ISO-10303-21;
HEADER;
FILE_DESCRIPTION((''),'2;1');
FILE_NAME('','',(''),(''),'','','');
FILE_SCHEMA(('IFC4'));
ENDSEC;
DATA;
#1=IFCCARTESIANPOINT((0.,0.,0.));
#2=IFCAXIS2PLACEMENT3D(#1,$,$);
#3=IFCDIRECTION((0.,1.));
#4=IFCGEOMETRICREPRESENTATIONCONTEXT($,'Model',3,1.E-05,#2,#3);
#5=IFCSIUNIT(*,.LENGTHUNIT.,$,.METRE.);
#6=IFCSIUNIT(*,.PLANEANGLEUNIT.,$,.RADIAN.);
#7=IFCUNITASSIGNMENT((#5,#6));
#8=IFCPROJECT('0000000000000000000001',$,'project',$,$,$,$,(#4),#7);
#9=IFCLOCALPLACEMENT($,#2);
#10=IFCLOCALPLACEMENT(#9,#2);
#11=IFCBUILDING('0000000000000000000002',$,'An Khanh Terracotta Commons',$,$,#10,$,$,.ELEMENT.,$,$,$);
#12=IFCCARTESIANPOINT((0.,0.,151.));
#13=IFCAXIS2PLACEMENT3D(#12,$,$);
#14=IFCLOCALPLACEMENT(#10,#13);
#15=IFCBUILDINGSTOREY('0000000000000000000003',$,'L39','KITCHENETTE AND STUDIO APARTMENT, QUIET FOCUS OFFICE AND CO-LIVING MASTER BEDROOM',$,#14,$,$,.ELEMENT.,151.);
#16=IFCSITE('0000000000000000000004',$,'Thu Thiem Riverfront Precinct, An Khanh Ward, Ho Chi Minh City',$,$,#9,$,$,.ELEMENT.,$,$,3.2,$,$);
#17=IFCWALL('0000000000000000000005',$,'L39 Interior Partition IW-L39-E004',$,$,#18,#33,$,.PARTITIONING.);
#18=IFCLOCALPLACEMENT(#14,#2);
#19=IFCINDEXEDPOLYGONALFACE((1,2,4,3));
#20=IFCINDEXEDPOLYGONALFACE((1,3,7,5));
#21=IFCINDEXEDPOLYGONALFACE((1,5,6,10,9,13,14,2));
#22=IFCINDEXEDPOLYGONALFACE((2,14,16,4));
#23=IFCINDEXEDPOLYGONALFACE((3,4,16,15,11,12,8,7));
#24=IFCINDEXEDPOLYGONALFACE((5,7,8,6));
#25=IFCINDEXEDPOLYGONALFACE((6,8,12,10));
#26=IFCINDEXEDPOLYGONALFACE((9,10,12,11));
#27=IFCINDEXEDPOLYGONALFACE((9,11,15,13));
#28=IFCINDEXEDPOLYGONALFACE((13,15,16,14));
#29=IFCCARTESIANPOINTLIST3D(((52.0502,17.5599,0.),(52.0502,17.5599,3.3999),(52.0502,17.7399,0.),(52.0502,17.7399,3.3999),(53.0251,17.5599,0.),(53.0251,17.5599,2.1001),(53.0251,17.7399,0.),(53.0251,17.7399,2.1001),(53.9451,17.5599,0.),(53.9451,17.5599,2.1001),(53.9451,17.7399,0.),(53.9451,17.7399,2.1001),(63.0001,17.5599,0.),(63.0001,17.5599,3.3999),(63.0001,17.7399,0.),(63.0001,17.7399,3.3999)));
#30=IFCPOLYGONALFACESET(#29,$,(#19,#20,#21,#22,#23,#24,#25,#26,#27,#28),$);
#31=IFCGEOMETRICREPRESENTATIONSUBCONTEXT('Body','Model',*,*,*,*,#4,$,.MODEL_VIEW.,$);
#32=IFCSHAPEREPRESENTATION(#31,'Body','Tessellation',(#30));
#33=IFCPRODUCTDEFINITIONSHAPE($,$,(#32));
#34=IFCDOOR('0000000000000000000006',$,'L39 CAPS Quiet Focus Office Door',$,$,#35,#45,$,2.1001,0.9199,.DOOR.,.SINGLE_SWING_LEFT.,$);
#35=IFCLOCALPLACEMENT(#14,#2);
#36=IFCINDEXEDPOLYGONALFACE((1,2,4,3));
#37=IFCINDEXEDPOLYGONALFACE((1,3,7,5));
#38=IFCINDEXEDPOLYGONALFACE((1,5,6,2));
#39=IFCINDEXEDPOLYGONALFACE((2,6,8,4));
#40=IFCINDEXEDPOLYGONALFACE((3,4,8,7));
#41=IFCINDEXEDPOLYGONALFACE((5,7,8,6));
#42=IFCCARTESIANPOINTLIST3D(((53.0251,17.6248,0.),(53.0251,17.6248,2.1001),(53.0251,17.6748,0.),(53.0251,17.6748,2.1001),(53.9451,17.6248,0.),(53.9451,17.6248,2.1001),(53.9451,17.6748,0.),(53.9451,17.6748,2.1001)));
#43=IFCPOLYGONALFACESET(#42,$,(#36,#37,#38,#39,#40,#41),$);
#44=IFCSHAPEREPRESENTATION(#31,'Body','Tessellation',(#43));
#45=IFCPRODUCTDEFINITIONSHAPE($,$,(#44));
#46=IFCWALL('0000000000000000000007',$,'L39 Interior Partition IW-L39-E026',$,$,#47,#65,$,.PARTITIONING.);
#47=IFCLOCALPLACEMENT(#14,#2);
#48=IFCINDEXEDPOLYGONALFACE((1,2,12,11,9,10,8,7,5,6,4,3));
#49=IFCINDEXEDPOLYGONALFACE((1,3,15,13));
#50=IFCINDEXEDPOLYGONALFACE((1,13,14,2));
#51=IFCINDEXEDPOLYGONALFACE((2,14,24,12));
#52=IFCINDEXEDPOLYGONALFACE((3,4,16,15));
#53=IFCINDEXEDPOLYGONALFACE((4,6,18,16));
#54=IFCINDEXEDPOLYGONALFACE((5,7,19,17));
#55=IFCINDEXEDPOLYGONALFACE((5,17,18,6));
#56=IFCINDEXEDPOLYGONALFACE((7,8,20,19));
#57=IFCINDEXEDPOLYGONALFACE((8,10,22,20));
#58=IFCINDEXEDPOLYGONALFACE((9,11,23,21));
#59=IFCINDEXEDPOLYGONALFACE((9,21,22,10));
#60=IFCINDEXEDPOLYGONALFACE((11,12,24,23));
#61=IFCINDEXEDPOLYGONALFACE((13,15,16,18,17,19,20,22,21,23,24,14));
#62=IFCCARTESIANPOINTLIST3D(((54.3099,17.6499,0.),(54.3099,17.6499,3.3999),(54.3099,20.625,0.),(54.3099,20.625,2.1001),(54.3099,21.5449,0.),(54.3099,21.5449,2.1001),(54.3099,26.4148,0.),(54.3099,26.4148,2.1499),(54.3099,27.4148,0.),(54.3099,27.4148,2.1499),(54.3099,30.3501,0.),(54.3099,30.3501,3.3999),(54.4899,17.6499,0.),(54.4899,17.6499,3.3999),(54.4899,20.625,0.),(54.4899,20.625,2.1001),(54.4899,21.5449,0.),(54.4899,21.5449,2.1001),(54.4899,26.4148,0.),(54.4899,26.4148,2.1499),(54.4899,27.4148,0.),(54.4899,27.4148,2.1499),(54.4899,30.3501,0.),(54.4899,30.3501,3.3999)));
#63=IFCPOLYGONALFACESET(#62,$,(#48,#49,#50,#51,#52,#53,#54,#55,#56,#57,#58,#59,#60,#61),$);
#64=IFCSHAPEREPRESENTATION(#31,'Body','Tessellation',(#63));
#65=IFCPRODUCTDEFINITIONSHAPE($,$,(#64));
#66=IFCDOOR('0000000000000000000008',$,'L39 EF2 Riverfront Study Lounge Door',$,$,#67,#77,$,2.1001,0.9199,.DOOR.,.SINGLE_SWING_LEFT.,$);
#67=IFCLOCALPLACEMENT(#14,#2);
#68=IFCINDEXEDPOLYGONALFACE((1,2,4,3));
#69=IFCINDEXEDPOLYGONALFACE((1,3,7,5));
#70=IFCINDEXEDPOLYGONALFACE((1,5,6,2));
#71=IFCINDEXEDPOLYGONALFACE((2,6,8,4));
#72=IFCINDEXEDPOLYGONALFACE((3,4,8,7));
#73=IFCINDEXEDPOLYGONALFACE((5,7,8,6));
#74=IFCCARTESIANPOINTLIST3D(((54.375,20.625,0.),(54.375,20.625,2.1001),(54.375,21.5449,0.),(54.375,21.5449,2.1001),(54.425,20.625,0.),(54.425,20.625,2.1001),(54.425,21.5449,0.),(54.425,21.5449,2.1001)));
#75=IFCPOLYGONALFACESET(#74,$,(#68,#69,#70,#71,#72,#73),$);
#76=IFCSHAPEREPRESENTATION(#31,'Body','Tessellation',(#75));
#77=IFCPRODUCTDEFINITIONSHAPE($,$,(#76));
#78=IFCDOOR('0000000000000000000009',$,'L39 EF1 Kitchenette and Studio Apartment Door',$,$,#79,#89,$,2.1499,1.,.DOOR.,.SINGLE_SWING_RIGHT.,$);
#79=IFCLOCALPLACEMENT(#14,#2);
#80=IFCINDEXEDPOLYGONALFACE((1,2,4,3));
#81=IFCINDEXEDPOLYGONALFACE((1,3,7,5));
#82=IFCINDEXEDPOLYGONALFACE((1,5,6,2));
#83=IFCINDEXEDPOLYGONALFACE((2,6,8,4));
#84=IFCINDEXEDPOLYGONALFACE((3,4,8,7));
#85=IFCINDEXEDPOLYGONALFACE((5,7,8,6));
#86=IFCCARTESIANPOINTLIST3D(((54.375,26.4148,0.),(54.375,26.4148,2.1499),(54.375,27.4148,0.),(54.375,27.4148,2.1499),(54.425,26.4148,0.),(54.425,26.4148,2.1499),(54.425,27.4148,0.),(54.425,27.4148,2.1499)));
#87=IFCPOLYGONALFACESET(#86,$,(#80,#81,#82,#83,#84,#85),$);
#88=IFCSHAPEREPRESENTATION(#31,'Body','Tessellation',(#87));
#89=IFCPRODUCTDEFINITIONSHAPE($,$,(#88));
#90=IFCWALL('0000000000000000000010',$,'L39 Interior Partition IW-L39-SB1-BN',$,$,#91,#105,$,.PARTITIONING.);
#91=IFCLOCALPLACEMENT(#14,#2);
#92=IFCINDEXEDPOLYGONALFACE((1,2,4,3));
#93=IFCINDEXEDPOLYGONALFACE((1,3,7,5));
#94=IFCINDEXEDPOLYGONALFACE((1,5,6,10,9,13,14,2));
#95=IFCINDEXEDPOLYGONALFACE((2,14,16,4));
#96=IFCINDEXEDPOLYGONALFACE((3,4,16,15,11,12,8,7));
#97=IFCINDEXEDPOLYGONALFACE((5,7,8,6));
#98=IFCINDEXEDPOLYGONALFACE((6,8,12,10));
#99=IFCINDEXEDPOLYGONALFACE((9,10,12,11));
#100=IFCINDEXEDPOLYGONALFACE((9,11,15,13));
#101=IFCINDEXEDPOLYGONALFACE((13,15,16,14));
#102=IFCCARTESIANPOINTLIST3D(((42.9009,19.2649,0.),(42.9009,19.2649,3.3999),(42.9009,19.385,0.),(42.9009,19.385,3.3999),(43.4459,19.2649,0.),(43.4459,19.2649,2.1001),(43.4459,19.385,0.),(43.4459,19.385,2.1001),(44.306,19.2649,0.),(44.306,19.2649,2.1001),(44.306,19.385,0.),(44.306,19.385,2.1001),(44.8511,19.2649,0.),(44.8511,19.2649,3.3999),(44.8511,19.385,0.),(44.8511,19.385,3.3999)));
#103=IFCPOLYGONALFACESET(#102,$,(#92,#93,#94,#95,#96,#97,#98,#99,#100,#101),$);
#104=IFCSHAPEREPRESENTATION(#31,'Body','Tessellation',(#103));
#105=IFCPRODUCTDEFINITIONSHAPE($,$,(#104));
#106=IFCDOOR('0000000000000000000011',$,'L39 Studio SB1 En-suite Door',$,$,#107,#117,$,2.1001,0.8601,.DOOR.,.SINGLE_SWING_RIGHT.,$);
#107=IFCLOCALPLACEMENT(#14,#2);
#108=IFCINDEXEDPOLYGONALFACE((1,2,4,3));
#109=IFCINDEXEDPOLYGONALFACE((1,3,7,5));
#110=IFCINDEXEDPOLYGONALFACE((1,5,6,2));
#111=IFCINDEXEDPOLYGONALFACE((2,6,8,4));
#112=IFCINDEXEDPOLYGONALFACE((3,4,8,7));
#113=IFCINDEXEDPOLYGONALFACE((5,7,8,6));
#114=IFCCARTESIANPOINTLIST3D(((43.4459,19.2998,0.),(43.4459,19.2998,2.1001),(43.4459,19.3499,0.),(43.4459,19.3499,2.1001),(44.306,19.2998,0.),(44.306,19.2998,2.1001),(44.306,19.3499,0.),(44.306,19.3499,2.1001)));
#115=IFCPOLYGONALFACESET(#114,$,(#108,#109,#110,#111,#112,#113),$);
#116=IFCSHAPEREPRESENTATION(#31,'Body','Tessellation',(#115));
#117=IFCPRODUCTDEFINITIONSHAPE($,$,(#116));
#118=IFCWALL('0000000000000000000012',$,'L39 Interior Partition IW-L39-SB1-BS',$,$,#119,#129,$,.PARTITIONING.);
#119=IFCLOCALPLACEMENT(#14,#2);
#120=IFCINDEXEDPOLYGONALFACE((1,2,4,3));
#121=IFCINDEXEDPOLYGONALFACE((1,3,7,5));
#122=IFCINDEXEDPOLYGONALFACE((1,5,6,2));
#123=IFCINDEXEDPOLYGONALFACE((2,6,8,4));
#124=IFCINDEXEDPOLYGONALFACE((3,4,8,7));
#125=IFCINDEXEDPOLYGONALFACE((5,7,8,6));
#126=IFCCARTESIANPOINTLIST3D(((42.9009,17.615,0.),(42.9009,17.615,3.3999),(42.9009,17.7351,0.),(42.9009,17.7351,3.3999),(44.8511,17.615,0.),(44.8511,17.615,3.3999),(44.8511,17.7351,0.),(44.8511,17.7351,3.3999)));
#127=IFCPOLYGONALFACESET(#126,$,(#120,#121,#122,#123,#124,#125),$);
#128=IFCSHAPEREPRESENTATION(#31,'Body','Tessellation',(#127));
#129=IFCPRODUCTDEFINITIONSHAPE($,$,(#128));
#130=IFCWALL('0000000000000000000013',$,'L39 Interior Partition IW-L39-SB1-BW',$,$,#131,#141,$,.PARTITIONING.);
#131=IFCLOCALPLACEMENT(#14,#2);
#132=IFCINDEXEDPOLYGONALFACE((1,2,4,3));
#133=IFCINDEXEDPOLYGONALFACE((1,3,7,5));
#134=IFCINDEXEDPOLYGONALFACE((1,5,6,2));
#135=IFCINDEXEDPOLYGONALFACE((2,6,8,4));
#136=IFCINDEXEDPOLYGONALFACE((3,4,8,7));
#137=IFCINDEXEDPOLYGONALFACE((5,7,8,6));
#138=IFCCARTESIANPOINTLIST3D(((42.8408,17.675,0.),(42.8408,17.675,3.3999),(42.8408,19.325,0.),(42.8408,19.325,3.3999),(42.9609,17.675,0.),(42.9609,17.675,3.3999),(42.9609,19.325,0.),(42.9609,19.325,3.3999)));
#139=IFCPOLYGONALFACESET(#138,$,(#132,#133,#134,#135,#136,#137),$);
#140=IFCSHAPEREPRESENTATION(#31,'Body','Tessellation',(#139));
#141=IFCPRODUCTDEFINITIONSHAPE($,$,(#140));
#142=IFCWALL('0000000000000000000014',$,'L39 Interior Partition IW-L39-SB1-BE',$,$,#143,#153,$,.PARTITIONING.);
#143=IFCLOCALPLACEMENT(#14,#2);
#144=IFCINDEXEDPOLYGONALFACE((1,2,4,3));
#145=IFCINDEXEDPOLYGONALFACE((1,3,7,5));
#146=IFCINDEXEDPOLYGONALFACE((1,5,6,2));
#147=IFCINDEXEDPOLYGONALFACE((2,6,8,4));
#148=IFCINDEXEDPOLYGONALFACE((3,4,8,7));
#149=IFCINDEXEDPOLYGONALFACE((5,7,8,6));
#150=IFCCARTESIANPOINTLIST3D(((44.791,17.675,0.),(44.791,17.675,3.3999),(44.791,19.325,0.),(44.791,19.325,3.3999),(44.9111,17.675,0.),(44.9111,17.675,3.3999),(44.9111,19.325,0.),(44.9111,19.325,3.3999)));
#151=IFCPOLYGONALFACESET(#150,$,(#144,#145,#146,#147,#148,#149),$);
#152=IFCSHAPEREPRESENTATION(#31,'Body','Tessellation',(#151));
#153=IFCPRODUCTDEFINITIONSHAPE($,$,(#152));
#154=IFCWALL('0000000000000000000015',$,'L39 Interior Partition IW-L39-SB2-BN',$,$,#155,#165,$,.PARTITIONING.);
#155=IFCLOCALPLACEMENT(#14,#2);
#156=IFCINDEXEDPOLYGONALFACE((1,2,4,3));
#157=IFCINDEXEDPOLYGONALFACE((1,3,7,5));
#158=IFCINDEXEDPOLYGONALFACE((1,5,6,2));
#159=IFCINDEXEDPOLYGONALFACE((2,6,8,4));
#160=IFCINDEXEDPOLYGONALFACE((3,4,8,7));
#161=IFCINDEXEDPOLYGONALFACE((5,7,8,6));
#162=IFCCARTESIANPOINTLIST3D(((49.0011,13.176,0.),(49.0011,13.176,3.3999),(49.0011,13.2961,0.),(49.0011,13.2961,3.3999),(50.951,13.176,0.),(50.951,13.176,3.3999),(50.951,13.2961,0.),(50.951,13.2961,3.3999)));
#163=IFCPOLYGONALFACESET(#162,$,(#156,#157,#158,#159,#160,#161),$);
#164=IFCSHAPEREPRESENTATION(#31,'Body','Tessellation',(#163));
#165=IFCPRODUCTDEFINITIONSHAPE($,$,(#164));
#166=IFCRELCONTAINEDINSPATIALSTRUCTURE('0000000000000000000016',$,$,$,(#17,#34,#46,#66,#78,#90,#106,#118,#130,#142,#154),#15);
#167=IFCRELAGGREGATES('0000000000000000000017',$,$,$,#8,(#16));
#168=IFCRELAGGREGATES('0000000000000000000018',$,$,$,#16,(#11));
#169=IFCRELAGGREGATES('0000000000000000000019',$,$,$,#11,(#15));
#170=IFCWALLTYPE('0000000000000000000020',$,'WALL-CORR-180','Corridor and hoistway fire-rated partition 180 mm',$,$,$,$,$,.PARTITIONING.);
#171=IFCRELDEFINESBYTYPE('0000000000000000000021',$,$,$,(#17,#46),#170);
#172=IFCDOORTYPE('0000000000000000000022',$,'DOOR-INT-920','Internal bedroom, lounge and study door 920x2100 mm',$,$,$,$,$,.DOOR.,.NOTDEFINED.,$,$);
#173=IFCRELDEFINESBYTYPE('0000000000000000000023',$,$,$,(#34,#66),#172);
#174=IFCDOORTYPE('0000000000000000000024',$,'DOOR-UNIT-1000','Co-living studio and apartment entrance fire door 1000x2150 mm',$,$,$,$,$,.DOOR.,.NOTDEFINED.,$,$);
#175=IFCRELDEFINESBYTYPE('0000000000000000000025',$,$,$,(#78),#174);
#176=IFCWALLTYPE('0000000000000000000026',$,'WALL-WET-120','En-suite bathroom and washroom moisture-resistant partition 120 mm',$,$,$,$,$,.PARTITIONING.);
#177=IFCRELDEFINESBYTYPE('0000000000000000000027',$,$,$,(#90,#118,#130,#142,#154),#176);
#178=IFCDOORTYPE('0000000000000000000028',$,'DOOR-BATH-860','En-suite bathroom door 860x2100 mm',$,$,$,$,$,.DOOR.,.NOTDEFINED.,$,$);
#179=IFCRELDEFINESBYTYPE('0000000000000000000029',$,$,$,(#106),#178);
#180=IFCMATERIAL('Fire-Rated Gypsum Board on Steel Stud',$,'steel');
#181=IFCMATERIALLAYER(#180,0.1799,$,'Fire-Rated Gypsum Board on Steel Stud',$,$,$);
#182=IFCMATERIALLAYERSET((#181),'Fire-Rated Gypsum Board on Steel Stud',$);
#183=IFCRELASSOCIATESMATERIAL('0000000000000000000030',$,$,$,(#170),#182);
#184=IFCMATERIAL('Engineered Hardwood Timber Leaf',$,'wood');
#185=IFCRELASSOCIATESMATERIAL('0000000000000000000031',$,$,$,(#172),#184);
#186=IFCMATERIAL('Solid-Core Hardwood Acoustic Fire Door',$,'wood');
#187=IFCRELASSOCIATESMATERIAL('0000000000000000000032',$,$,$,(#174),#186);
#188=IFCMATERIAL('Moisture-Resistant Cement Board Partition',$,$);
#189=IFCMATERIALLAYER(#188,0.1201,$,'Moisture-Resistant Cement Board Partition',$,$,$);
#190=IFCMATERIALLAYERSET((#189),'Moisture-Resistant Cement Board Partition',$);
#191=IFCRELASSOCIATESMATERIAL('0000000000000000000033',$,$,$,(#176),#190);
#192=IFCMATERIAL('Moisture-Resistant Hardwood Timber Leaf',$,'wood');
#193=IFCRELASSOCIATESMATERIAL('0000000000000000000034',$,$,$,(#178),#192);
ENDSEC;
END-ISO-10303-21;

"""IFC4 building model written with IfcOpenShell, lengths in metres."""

from ifc_helpers import new_model, si_unit, direction, frame, frame_2d, origin, place, context, subcontext, project, spatial, rectangle, extrude, material, layer, layer_set, type_object, element, fill, save


model = new_model("IFC4")

# Units and contexts
model_context = context("Model", 3, precision=1e-05, world=origin(), true_north=direction((0.0, 1.0)))
body_context = subcontext(model_context, "Body", "Model", "MODEL_VIEW")
ifc_project = project(units=[si_unit("LENGTHUNIT", "METRE"), si_unit("PLANEANGLEUNIT", "RADIAN")], contexts=[model_context])

# Site, building, storey
site_placement = place(None, origin())
site = spatial("IfcSite", under=ifc_project, at=site_placement, Name="Thu Thiem Riverfront Precinct, An Khanh Ward, Ho Chi Minh City", CompositionType="ELEMENT", RefElevation=3.2)
building_placement = place(site_placement, origin())
building = spatial("IfcBuilding", under=site, at=building_placement, Name="An Khanh Terracotta Commons", CompositionType="ELEMENT")
storey_placement = place(building_placement, frame((0.0, 0.0, 151.0)))
storey = spatial("IfcBuildingStorey", under=building, at=storey_placement, Name="L39", Description="KITCHENETTE AND STUDIO APARTMENT, QUIET FOCUS OFFICE AND CO-LIVING MASTER BEDROOM", CompositionType="ELEMENT", Elevation=151.0)

# Wall, opening, door
ifc_material_1 = material(Name="Fire-Rated Gypsum Board on Steel Stud", Category="steel")
ifc_layer_1 = layer(ifc_material_1, 0.1799, Name="Fire-Rated Gypsum Board on Steel Stud")
ifc_layer_set_1 = layer_set([ifc_layer_1], Name="Fire-Rated Gypsum Board on Steel Stud")
wall_type_1 = type_object("IfcWallType", Name="WALL-CORR-180", Description="Corridor and hoistway fire-rated partition 180 mm", PredefinedType="PARTITIONING", material=ifc_layer_set_1)
wall_1_placement = place(storey_placement, frame((52.05, 17.6499, 0.0), z_axis=(0.0, 0.0, 1.0), x_axis=(1.0, 0.0, 0.0)))
wall_1 = element("IfcWall", 1, at=wall_1_placement, inside=storey, type_object=wall_type_1, Name="L39 Interior Partition IW-L39-E004", PredefinedType="PARTITIONING", context=body_context, shape_type="SweptSolid", body=[
    extrude(rectangle(XDim=10.95, YDim=0.1799, at=frame_2d((5.4751, 0.0))), origin(), (0.0, 0.0, 1.0), 3.3999),
])
opening_1_placement = place(wall_1_placement, frame((0.9751, 0.0, 0.0)))
opening_1 = element("IfcOpeningElement", 2, at=opening_1_placement, cuts=wall_1, PredefinedType="OPENING", context=body_context, shape_type="SweptSolid", body=[
    extrude(rectangle(XDim=0.9199, YDim=2.1001, at=frame_2d((0.46, 1.05))), frame((0.0, 0.0999, 0.0), z_axis=(0.0, -1.0, 0.0), x_axis=(1.0, 0.0, 0.0)), (0.0, 0.0, 1.0), 0.2),
])
ifc_material_2 = material(Name="Engineered Hardwood Timber Leaf", Category="wood")
door_type_1 = type_object("IfcDoorType", Name="DOOR-INT-920", Description="Internal bedroom, lounge and study door 920x2100 mm", OperationType="NOTDEFINED", PredefinedType="DOOR", material=ifc_material_2)
door_1_placement = place(opening_1_placement, origin())
door_1 = element("IfcDoor", 3, at=door_1_placement, inside=storey, type_object=door_type_1, Name="L39 CAPS Quiet Focus Office Door", OperationType="SINGLE_SWING_LEFT", OverallHeight=2.1001, OverallWidth=0.9199, PredefinedType="DOOR", context=body_context, shape_type="SweptSolid", body=[
    extrude(rectangle(XDim=0.9199, YDim=2.1001, at=frame_2d((0.46, 1.05))), frame((0.0, 0.0249, 0.0), z_axis=(0.0, -1.0, 0.0), x_axis=(1.0, 0.0, 0.0)), (0.0, 0.0, 1.0), 0.05),
])
fill(opening_1, door_1)

# Wall, openings, doors
wall_2_placement = place(storey_placement, frame((54.3999, 17.6499, 0.0), z_axis=(0.0, 0.0, 1.0), x_axis=(0.0, 1.0, 0.0)))
wall_2 = element("IfcWall", 4, at=wall_2_placement, inside=storey, type_object=wall_type_1, Name="L39 Interior Partition IW-L39-E026", PredefinedType="PARTITIONING", context=body_context, shape_type="SweptSolid", body=[
    extrude(rectangle(XDim=12.7002, YDim=0.1799, at=frame_2d((6.3501, 0.0))), origin(), (0.0, 0.0, 1.0), 3.3999),
])
opening_2_placement = place(wall_2_placement, frame((8.7649, 0.0, 0.0)))
opening_2 = element("IfcOpeningElement", 5, at=opening_2_placement, cuts=wall_2, PredefinedType="OPENING", context=body_context, shape_type="SweptSolid", body=[
    extrude(rectangle(XDim=1.0, YDim=2.1499, at=frame_2d((0.5, 1.075))), frame((0.0, 0.0999, 0.0), z_axis=(0.0, -1.0, 0.0), x_axis=(1.0, 0.0, 0.0)), (0.0, 0.0, 1.0), 0.2),
])
opening_3_placement = place(wall_2_placement, frame((2.9751, 0.0, 0.0)))
opening_3 = element("IfcOpeningElement", 6, at=opening_3_placement, cuts=wall_2, PredefinedType="OPENING", context=body_context, shape_type="SweptSolid", body=[
    extrude(rectangle(XDim=0.9199, YDim=2.1001, at=frame_2d((0.46, 1.05))), frame((0.0, 0.0999, 0.0), z_axis=(0.0, -1.0, 0.0), x_axis=(1.0, 0.0, 0.0)), (0.0, 0.0, 1.0), 0.2),
])
door_2_placement = place(opening_3_placement, origin())
door_2 = element("IfcDoor", 7, at=door_2_placement, inside=storey, type_object=door_type_1, Name="L39 EF2 Riverfront Study Lounge Door", OperationType="SINGLE_SWING_LEFT", OverallHeight=2.1001, OverallWidth=0.9199, PredefinedType="DOOR", context=body_context, shape_type="SweptSolid", body=[
    extrude(rectangle(XDim=0.9199, YDim=2.1001, at=frame_2d((0.46, 1.05))), frame((0.0, 0.0249, 0.0), z_axis=(0.0, -1.0, 0.0), x_axis=(1.0, 0.0, 0.0)), (0.0, 0.0, 1.0), 0.05),
])
fill(opening_3, door_2)
ifc_material_3 = material(Name="Solid-Core Hardwood Acoustic Fire Door", Category="wood")
door_type_2 = type_object("IfcDoorType", Name="DOOR-UNIT-1000", Description="Co-living studio and apartment entrance fire door 1000x2150 mm", OperationType="NOTDEFINED", PredefinedType="DOOR", material=ifc_material_3)
door_3_placement = place(opening_2_placement, origin())
door_3 = element("IfcDoor", 8, at=door_3_placement, inside=storey, type_object=door_type_2, Name="L39 EF1 Kitchenette and Studio Apartment Door", OperationType="SINGLE_SWING_RIGHT", OverallHeight=2.1499, OverallWidth=1.0, PredefinedType="DOOR", context=body_context, shape_type="SweptSolid", body=[
    extrude(rectangle(XDim=1.0, YDim=2.1499, at=frame_2d((0.5, 1.075))), frame((0.0, 0.0249, 0.0), z_axis=(0.0, -1.0, 0.0), x_axis=(1.0, 0.0, 0.0)), (0.0, 0.0, 1.0), 0.05),
])
fill(opening_2, door_3)

# Wall, opening, door
ifc_material_4 = material(Name="Moisture-Resistant Cement Board Partition")
ifc_layer_2 = layer(ifc_material_4, 0.1201, Name="Moisture-Resistant Cement Board Partition")
ifc_layer_set_2 = layer_set([ifc_layer_2], Name="Moisture-Resistant Cement Board Partition")
wall_type_2 = type_object("IfcWallType", Name="WALL-WET-120", Description="En-suite bathroom and washroom moisture-resistant partition 120 mm", PredefinedType="PARTITIONING", material=ifc_layer_set_2)
wall_3_placement = place(storey_placement, frame((42.9009, 19.325, 0.0), z_axis=(0.0, 0.0, 1.0), x_axis=(1.0, 0.0, 0.0)))
wall_3 = element("IfcWall", 9, at=wall_3_placement, inside=storey, type_object=wall_type_2, Name="L39 Interior Partition IW-L39-SB1-BN", PredefinedType="PARTITIONING", context=body_context, shape_type="SweptSolid", body=[
    extrude(rectangle(XDim=1.9502, YDim=0.1201, at=frame_2d((0.9751, 0.0))), origin(), (0.0, 0.0, 1.0), 3.3999),
])
opening_4_placement = place(wall_3_placement, frame((0.5449, 0.0, 0.0)))
opening_4 = element("IfcOpeningElement", 10, at=opening_4_placement, cuts=wall_3, PredefinedType="OPENING", context=body_context, shape_type="SweptSolid", body=[
    extrude(rectangle(XDim=0.8601, YDim=2.1001, at=frame_2d((0.4302, 1.05))), frame((0.0, 0.0701, 0.0), z_axis=(0.0, -1.0, 0.0), x_axis=(1.0, 0.0, 0.0)), (0.0, 0.0, 1.0), 0.1401),
])
ifc_material_5 = material(Name="Moisture-Resistant Hardwood Timber Leaf", Category="wood")
door_type_3 = type_object("IfcDoorType", Name="DOOR-BATH-860", Description="En-suite bathroom door 860x2100 mm", OperationType="NOTDEFINED", PredefinedType="DOOR", material=ifc_material_5)
door_4_placement = place(opening_4_placement, origin())
door_4 = element("IfcDoor", 11, at=door_4_placement, inside=storey, type_object=door_type_3, Name="L39 Studio SB1 En-suite Door", OperationType="SINGLE_SWING_RIGHT", OverallHeight=2.1001, OverallWidth=0.8601, PredefinedType="DOOR", context=body_context, shape_type="SweptSolid", body=[
    extrude(rectangle(XDim=0.8601, YDim=2.1001, at=frame_2d((0.4302, 1.05))), frame((0.0, 0.0249, 0.0), z_axis=(0.0, -1.0, 0.0), x_axis=(1.0, 0.0, 0.0)), (0.0, 0.0, 1.0), 0.05),
])
fill(opening_4, door_4)

# Walls
wall_4_placement = place(storey_placement, frame((44.8511, 17.675, 0.0), z_axis=(0.0, 0.0, 1.0), x_axis=(-1.0, 0.0, 0.0)))
element("IfcWall", 12, at=wall_4_placement, inside=storey, type_object=wall_type_2, Name="L39 Interior Partition IW-L39-SB1-BS", PredefinedType="PARTITIONING", context=body_context, shape_type="SweptSolid", body=[
    extrude(rectangle(XDim=1.9502, YDim=0.1201, at=frame_2d((0.9751, 0.0))), origin(), (0.0, 0.0, 1.0), 3.3999),
])
for number, where, z_axis, x_axis, name in (
    (13, (42.9009, 19.325, 0.0), (0.0, 0.0, 1.0), (0.0, -1.0, 0.0), "L39 Interior Partition IW-L39-SB1-BW"),
    (14, (44.8511, 17.675, 0.0), (0.0, 0.0, 1.0), (0.0, 1.0, 0.0), "L39 Interior Partition IW-L39-SB1-BE"),
):
    element("IfcWall", number, at=place(storey_placement, frame(where, z_axis=z_axis, x_axis=x_axis)), inside=storey, type_object=wall_type_2, Name=name, PredefinedType="PARTITIONING", context=body_context, shape_type="SweptSolid", body=[
        extrude(rectangle(XDim=1.6499, YDim=0.1201, at=frame_2d((0.825, 0.0))), origin(), (0.0, 0.0, 1.0), 3.3999),
    ])
wall_5_placement = place(storey_placement, frame((49.001, 13.2361, 0.0), z_axis=(0.0, 0.0, 1.0), x_axis=(1.0, 0.0, 0.0)))
element("IfcWall", 15, at=wall_5_placement, inside=storey, type_object=wall_type_2, Name="L39 Interior Partition IW-L39-SB2-BN", PredefinedType="PARTITIONING", context=body_context, shape_type="SweptSolid", body=[
    extrude(rectangle(XDim=1.95, YDim=0.1201, at=frame_2d((0.9751, 0.0))), origin(), (0.0, 0.0, 1.0), 3.3999),
])

save(model, "model.ifc")
